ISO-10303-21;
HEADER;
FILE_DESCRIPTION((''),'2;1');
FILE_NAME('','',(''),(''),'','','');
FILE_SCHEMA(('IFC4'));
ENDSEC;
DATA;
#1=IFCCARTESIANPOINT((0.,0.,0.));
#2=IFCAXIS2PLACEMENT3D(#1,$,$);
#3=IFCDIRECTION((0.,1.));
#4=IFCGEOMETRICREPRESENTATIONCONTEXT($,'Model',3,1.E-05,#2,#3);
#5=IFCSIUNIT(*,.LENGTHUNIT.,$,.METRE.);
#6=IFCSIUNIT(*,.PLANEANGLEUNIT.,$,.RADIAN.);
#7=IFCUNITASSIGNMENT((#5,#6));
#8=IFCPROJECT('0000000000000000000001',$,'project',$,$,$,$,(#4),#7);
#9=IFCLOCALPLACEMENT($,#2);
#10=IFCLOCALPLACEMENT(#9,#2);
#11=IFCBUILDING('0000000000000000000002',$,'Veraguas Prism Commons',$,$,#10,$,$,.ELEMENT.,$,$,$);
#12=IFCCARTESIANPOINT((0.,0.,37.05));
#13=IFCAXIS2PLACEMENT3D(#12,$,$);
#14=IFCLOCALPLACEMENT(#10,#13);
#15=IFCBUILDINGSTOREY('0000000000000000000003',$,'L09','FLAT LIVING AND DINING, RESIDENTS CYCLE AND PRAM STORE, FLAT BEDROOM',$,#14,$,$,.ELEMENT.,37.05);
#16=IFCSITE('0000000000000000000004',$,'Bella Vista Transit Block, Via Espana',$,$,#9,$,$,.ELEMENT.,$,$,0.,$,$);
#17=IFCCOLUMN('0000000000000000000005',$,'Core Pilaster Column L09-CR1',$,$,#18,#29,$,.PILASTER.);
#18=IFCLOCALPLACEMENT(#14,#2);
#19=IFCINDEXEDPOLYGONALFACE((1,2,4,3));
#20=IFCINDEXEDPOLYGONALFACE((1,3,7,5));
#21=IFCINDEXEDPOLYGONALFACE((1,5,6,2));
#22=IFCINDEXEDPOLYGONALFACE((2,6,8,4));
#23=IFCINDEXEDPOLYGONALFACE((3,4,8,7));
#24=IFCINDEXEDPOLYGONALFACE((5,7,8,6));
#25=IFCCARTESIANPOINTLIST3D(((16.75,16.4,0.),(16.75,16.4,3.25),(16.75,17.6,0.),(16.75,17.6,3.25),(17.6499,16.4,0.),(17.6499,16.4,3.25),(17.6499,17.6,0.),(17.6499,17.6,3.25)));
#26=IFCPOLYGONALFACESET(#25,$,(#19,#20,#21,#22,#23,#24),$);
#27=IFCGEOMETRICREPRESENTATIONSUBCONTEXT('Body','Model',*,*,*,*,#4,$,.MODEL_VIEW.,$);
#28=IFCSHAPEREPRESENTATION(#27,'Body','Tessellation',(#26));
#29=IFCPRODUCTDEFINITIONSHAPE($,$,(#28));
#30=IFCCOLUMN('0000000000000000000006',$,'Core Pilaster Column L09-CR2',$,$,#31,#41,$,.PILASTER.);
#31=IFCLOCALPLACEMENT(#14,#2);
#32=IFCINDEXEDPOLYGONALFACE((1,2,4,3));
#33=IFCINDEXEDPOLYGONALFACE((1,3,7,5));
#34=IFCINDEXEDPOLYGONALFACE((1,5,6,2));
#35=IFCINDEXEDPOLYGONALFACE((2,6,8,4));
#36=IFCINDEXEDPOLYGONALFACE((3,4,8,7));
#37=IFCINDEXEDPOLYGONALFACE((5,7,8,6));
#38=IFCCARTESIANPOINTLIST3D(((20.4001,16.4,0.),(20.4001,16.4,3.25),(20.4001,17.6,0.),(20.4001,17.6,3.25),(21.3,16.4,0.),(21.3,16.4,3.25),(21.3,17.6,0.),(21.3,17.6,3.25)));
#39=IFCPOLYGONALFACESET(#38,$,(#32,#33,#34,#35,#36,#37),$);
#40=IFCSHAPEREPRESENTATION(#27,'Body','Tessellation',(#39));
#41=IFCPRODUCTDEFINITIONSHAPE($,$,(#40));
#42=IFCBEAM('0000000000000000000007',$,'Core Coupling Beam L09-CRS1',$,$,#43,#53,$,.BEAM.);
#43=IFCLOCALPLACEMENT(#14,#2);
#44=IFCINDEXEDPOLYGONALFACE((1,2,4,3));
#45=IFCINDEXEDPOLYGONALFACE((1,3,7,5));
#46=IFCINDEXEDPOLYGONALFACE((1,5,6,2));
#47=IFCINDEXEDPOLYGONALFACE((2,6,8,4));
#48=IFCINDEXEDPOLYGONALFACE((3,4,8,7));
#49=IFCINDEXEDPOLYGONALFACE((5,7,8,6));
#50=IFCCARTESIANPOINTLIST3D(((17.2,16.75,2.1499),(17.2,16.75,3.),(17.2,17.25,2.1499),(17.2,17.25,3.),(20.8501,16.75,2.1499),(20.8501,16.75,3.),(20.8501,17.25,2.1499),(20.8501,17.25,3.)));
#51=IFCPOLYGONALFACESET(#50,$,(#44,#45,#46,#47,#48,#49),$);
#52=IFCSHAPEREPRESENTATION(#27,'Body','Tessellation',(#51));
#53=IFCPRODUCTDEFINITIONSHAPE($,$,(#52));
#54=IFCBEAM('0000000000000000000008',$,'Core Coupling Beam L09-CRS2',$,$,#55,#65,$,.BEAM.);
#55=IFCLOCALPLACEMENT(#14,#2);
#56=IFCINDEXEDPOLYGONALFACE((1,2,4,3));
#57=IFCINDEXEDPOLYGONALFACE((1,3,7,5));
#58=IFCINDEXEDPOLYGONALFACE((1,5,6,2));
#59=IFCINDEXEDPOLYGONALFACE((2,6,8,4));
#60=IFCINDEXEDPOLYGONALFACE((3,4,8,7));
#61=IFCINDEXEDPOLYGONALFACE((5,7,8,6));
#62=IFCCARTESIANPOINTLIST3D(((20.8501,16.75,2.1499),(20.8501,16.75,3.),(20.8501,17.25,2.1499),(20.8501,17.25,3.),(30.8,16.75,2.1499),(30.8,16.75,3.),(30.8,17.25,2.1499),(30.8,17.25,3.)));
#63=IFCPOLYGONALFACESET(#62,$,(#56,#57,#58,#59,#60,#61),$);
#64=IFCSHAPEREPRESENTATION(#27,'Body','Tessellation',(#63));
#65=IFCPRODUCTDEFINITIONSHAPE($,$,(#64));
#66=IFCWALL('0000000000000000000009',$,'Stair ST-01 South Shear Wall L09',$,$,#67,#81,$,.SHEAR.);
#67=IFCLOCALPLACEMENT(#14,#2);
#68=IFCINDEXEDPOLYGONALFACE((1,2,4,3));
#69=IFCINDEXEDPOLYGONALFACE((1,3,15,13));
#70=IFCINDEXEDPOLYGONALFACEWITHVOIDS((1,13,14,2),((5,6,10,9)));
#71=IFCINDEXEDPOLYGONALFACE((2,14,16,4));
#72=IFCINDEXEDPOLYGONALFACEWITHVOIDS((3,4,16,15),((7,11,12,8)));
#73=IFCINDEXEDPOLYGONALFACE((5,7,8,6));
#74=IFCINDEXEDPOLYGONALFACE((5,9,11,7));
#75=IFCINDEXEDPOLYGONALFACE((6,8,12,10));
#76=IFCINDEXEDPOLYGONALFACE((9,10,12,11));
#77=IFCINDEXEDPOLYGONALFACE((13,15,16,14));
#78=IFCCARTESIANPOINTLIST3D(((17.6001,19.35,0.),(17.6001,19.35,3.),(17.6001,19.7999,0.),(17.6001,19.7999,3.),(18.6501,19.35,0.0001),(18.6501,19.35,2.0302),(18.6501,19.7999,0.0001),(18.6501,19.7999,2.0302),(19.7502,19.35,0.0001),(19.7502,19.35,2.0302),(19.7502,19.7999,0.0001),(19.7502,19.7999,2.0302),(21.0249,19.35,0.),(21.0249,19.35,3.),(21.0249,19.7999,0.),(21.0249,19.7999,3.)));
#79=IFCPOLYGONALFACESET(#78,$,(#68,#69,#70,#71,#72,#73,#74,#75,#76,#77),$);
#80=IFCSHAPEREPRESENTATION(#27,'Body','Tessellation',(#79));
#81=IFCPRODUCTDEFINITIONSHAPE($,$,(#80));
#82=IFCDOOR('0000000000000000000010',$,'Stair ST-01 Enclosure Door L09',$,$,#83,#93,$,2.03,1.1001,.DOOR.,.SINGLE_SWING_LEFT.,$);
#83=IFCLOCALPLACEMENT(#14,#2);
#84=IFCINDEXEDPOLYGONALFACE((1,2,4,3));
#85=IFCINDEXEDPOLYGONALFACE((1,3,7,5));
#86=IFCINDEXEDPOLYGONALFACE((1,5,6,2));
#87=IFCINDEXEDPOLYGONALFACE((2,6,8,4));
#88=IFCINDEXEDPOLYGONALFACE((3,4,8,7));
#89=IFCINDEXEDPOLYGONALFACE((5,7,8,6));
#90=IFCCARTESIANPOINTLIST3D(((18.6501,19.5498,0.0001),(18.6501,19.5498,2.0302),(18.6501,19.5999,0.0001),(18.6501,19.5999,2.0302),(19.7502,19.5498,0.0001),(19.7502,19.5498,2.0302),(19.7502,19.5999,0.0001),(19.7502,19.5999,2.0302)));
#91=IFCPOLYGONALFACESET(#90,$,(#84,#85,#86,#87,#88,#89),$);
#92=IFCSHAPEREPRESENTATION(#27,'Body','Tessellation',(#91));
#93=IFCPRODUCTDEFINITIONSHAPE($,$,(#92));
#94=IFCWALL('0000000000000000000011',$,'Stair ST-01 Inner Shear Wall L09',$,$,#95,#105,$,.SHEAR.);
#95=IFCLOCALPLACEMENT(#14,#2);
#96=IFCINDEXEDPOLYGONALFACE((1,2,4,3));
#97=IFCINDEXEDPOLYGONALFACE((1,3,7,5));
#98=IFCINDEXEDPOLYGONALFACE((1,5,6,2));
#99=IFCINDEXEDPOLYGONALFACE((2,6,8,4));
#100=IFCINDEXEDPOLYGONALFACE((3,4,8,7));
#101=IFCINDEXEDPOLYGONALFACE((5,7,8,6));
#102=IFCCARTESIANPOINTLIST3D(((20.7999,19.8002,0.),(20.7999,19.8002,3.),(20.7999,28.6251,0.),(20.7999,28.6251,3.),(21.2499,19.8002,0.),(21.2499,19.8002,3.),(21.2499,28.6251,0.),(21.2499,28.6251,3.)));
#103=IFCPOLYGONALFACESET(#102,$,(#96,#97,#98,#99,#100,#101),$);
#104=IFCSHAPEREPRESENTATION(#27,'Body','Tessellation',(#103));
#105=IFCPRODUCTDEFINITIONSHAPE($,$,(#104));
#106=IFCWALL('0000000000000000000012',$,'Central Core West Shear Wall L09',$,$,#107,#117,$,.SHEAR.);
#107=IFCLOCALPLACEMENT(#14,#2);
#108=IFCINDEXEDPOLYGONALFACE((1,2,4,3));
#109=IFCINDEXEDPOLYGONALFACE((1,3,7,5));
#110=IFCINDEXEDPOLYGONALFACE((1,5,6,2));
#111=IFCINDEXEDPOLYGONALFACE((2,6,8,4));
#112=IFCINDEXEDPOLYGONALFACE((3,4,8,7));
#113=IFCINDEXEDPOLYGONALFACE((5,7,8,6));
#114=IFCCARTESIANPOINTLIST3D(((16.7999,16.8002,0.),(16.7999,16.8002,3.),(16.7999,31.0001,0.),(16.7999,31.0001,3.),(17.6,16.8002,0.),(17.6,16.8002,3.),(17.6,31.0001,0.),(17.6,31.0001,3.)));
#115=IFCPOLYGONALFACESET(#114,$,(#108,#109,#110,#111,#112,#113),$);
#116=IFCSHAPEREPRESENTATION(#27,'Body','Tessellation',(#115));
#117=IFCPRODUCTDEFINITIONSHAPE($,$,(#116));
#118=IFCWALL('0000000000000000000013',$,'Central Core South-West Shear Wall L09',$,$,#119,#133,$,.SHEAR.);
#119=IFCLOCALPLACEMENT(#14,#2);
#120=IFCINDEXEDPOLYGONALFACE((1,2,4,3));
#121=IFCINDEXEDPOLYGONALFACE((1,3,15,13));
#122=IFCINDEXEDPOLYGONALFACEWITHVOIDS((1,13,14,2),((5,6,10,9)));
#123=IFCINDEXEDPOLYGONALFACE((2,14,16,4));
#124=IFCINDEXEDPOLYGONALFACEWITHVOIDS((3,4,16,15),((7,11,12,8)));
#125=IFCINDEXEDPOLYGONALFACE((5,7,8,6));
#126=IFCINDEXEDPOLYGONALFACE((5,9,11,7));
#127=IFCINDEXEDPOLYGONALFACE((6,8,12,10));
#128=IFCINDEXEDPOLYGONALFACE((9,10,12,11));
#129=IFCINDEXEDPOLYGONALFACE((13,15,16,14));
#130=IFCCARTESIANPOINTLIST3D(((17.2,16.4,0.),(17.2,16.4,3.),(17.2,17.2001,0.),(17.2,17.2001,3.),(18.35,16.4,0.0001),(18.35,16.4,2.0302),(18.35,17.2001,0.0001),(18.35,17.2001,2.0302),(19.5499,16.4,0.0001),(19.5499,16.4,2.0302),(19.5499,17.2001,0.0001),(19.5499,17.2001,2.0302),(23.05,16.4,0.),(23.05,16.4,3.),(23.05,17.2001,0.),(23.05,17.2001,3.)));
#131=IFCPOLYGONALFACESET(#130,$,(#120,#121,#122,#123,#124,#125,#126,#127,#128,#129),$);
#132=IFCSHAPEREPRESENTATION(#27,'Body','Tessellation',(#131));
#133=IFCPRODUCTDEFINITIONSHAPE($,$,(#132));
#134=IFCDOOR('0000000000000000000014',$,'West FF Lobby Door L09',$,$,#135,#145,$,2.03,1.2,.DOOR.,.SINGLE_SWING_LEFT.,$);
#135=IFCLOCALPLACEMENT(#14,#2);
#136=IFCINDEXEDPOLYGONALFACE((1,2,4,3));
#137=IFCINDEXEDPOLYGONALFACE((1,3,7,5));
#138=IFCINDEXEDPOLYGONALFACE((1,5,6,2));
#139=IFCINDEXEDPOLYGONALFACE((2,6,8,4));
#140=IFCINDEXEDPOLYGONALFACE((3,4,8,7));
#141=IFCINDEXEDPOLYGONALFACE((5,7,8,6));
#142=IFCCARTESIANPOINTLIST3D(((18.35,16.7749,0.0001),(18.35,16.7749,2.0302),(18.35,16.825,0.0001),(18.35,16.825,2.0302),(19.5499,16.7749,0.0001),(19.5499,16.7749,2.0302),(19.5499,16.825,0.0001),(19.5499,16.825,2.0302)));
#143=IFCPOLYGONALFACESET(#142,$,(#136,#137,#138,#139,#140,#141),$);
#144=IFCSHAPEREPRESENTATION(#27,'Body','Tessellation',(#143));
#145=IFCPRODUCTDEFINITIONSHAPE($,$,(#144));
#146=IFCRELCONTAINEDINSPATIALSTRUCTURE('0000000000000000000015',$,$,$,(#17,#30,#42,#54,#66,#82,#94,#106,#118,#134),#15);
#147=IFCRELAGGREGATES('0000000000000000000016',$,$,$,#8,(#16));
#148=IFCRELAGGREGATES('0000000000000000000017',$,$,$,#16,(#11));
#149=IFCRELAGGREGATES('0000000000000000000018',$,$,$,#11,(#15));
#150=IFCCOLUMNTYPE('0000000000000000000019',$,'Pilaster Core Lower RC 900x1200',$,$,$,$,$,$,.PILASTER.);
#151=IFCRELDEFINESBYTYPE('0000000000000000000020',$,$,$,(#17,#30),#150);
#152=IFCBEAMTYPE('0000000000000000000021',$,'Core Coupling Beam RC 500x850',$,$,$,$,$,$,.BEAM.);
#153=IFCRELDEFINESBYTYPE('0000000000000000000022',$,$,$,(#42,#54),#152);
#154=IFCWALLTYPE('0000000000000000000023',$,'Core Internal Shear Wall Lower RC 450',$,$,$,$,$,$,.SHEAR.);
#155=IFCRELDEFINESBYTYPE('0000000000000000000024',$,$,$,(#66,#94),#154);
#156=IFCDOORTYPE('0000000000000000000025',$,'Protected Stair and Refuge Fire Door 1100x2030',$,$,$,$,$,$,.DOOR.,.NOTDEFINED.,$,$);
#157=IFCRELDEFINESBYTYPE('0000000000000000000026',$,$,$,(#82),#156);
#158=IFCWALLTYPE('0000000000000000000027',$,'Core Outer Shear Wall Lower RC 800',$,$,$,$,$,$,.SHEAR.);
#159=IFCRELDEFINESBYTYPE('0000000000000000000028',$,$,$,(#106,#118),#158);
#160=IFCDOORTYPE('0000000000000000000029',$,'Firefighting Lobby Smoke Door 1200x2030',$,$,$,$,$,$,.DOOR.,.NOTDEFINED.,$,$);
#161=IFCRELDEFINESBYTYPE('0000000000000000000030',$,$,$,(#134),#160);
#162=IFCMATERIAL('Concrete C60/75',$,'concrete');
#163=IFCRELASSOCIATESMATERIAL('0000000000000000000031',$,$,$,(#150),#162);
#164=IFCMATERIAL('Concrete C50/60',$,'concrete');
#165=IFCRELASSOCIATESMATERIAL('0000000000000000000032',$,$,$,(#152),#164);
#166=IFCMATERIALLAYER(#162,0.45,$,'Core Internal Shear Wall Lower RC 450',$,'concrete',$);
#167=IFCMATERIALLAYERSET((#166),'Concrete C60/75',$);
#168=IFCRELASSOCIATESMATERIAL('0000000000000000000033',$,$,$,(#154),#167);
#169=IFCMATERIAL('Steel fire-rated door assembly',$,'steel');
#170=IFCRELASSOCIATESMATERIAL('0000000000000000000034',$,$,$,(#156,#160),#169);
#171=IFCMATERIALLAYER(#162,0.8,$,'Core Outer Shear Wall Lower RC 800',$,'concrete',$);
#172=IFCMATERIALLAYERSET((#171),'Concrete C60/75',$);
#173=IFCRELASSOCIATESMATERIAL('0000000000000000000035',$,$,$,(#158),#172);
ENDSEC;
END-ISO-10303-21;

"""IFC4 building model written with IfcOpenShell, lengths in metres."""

from ifc_helpers import new_model, si_unit, direction, frame, frame_2d, origin, origin_2d, place, context, subcontext, project, spatial, rectangle, extrude, source, transform, mapped, material, layer, layer_set, material_profile, profile_set, type_object, element, fill, save


model = new_model("IFC4")

# Units and contexts
model_context = context("Model", 3, precision=1e-05, world=origin(), true_north=direction((0.0, 1.0)))
body_context = subcontext(model_context, "Body", "Model", "MODEL_VIEW")
ifc_project = project(units=[si_unit("LENGTHUNIT", "METRE"), si_unit("PLANEANGLEUNIT", "RADIAN")], contexts=[model_context])

# Site, building, storey
site_placement = place(None, origin())
site = spatial("IfcSite", under=ifc_project, at=site_placement, Name="Bella Vista Transit Block, Via Espana", CompositionType="ELEMENT", RefElevation=0.0)
building_placement = place(site_placement, origin())
building = spatial("IfcBuilding", under=site, at=building_placement, Name="Veraguas Prism Commons", CompositionType="ELEMENT")
storey_placement = place(building_placement, frame((0.0, 0.0, 37.05)))
storey = spatial("IfcBuildingStorey", under=building, at=storey_placement, Name="L09", Description="FLAT LIVING AND DINING, RESIDENTS CYCLE AND PRAM STORE, FLAT BEDROOM", CompositionType="ELEMENT", Elevation=37.05)

# Columns
ifc_material_1 = material(Name="Concrete C60/75", Category="concrete")
ifc_material_profile_1 = material_profile(ifc_material_1, rectangle(XDim=0.8999, YDim=1.2, at=origin_2d()), Name="RC900X1200")
ifc_profile_set_1 = profile_set([ifc_material_profile_1], Name="Concrete C60/75")
column_type = type_object("IfcColumnType", Name="Pilaster Core Lower RC 900x1200", PredefinedType="PILASTER", material=ifc_profile_set_1)
for number, where, z_axis, x_axis, name in (
    (1, (17.2, 17.0, 0.0), (0.0, 0.0, 1.0), (1.0, 0.0, 0.0), "Core Pilaster Column L09-CR1"),
    (2, (20.8501, 17.0, 0.0), (0.0, 0.0, 1.0), (1.0, 0.0, 0.0), "Core Pilaster Column L09-CR2"),
):
    element("IfcColumn", number, at=place(storey_placement, frame(where, z_axis=z_axis, x_axis=x_axis)), inside=storey, type_object=column_type, Name=name, PredefinedType="PILASTER", context=body_context, shape_type="SweptSolid", body=[
        extrude(rectangle(XDim=0.8999, YDim=1.2, at=origin_2d()), origin(), (0.0, 0.0, 1.0), 3.25),
    ])

# Beams
ifc_material_2 = material(Name="Concrete C50/60", Category="concrete")
ifc_material_profile_2 = material_profile(ifc_material_2, rectangle(XDim=0.5, YDim=0.8501, at=origin_2d()), Name="RC500X850")
ifc_profile_set_2 = profile_set([ifc_material_profile_2], Name="Concrete C50/60")
beam_type = type_object("IfcBeamType", Name="Core Coupling Beam RC 500x850", PredefinedType="BEAM", material=ifc_profile_set_2)
beam_1_placement = place(storey_placement, frame((17.2, 17.0, 2.575), z_axis=(1.0, 0.0, 0.0), x_axis=(0.0, 1.0, 0.0)))
element("IfcBeam", 3, at=beam_1_placement, inside=storey, type_object=beam_type, Name="Core Coupling Beam L09-CRS1", PredefinedType="BEAM", context=body_context, shape_type="SweptSolid", body=[
    extrude(rectangle(XDim=0.5, YDim=0.8501, at=origin_2d()), origin(), (0.0, 0.0, 1.0), 3.6501),
])
beam_2_placement = place(storey_placement, frame((20.8501, 17.0, 2.575), z_axis=(1.0, 0.0, 0.0), x_axis=(0.0, 1.0, 0.0)))
element("IfcBeam", 4, at=beam_2_placement, inside=storey, type_object=beam_type, Name="Core Coupling Beam L09-CRS2", PredefinedType="BEAM", context=body_context, shape_type="SweptSolid", body=[
    extrude(rectangle(XDim=0.5, YDim=0.8501, at=origin_2d()), origin(), (0.0, 0.0, 1.0), 9.95),
])

# Wall, opening, door
ifc_layer_1 = layer(ifc_material_1, 0.45, Name="Core Internal Shear Wall Lower RC 450", Category="concrete")
ifc_layer_set_1 = layer_set([ifc_layer_1], Name="Concrete C60/75")
wall_type_1 = type_object("IfcWallType", Name="Core Internal Shear Wall Lower RC 450", PredefinedType="SHEAR", material=ifc_layer_set_1)
wall_1_placement = place(storey_placement, frame((17.6001, 19.575, 0.0), z_axis=(0.0, 0.0, 1.0), x_axis=(1.0, 0.0, 0.0)))
wall_1 = element("IfcWall", 5, at=wall_1_placement, inside=storey, type_object=wall_type_1, Name="Stair ST-01 South Shear Wall L09", PredefinedType="SHEAR", context=body_context, shape_type="SweptSolid", body=[
    extrude(rectangle(XDim=3.4248, YDim=0.45, at=frame_2d((1.7124, 0.0))), origin(), (0.0, 0.0, 1.0), 3.0),
])
opening_1_placement = place(wall_1_placement, frame((1.05, 0.0, 0.0)))
opening_1 = element("IfcOpeningElement", 6, at=opening_1_placement, cuts=wall_1, PredefinedType="OPENING", context=body_context, shape_type="SweptSolid", body=[
    extrude(rectangle(XDim=1.1001, YDim=2.03, at=frame_2d((0.55, 1.0151))), frame((0.0, 0.2349, 0.0), z_axis=(0.0, -1.0, 0.0), x_axis=(1.0, 0.0, 0.0)), (0.0, 0.0, 1.0), 0.47),
])
ifc_material_3 = material(Name="Steel fire-rated door assembly", Category="steel")
door_type_1 = type_object("IfcDoorType", Name="Protected Stair and Refuge Fire Door 1100x2030", OperationType="NOTDEFINED", PredefinedType="DOOR", material=ifc_material_3)
shared_shape_1 = source(origin(), body_context, "Body", "SweptSolid", [
    extrude(rectangle(XDim=1.1001, YDim=2.03, at=frame_2d((0.55, 1.0151))), frame((0.0, 0.0249, 0.0), z_axis=(0.0, -1.0, 0.0), x_axis=(1.0, 0.0, 0.0)), (0.0, 0.0, 1.0), 0.05),
])
door_1_placement = place(opening_1_placement, origin())
door_1 = element("IfcDoor", 7, at=door_1_placement, inside=storey, type_object=door_type_1, Name="Stair ST-01 Enclosure Door L09", OperationType="SINGLE_SWING_LEFT", OverallHeight=2.03, OverallWidth=1.1001, PredefinedType="DOOR", context=body_context, shape_type="MappedRepresentation", body=[
    mapped(shared_shape_1, transform((0.0, 0.0, 0.0), scale=1.0)),
])
fill(opening_1, door_1)

# Walls
wall_2_placement = place(storey_placement, frame((21.0249, 19.8, 0.0), z_axis=(0.0, 0.0, 1.0), x_axis=(0.0, 1.0, 0.0)))
element("IfcWall", 8, at=wall_2_placement, inside=storey, type_object=wall_type_1, Name="Stair ST-01 Inner Shear Wall L09", PredefinedType="SHEAR", context=body_context, shape_type="SweptSolid", body=[
    extrude(rectangle(XDim=8.825, YDim=0.45, at=frame_2d((4.4126, 0.0))), origin(), (0.0, 0.0, 1.0), 3.0),
])
ifc_layer_2 = layer(ifc_material_1, 0.8, Name="Core Outer Shear Wall Lower RC 800", Category="concrete")
ifc_layer_set_2 = layer_set([ifc_layer_2], Name="Concrete C60/75")
wall_type_2 = type_object("IfcWallType", Name="Core Outer Shear Wall Lower RC 800", PredefinedType="SHEAR", material=ifc_layer_set_2)
wall_3_placement = place(storey_placement, frame((17.2, 16.8, 0.0), z_axis=(0.0, 0.0, 1.0), x_axis=(0.0, 1.0, 0.0)))
element("IfcWall", 9, at=wall_3_placement, inside=storey, type_object=wall_type_2, Name="Central Core West Shear Wall L09", PredefinedType="SHEAR", context=body_context, shape_type="SweptSolid", body=[
    extrude(rectangle(XDim=14.2, YDim=0.8, at=frame_2d((7.1001, 0.0))), origin(), (0.0, 0.0, 1.0), 3.0),
])

# Wall, opening, door
wall_4_placement = place(storey_placement, frame((17.2, 16.8, 0.0), z_axis=(0.0, 0.0, 1.0), x_axis=(1.0, 0.0, 0.0)))
wall_4 = element("IfcWall", 10, at=wall_4_placement, inside=storey, type_object=wall_type_2, Name="Central Core South-West Shear Wall L09", PredefinedType="SHEAR", context=body_context, shape_type="SweptSolid", body=[
    extrude(rectangle(XDim=5.8501, YDim=0.8, at=frame_2d((2.925, 0.0))), origin(), (0.0, 0.0, 1.0), 3.0),
])
opening_2_placement = place(wall_4_placement, frame((1.1499, 0.0, 0.0)))
opening_2 = element("IfcOpeningElement", 11, at=opening_2_placement, cuts=wall_4, PredefinedType="OPENING", context=body_context, shape_type="SweptSolid", body=[
    extrude(rectangle(XDim=1.2, YDim=2.03, at=frame_2d((0.6001, 1.0151))), frame((0.0, 0.4099, 0.0), z_axis=(0.0, -1.0, 0.0), x_axis=(1.0, 0.0, 0.0)), (0.0, 0.0, 1.0), 0.8201),
])
door_type_2 = type_object("IfcDoorType", Name="Firefighting Lobby Smoke Door 1200x2030", OperationType="NOTDEFINED", PredefinedType="DOOR", material=ifc_material_3)
shared_shape_2 = source(origin(), body_context, "Body", "SweptSolid", [
    extrude(rectangle(XDim=1.2, YDim=2.03, at=frame_2d((0.6001, 1.0151))), frame((0.0, 0.0249, 0.0), z_axis=(0.0, -1.0, 0.0), x_axis=(1.0, 0.0, 0.0)), (0.0, 0.0, 1.0), 0.05),
])
door_2_placement = place(opening_2_placement, origin())
door_2 = element("IfcDoor", 12, at=door_2_placement, inside=storey, type_object=door_type_2, Name="West FF Lobby Door L09", OperationType="SINGLE_SWING_LEFT", OverallHeight=2.03, OverallWidth=1.2, PredefinedType="DOOR", context=body_context, shape_type="MappedRepresentation", body=[
    mapped(shared_shape_2, transform((0.0, 0.0, 0.0), scale=1.0)),
])
fill(opening_2, door_2)

save(model, "model.ifc")
